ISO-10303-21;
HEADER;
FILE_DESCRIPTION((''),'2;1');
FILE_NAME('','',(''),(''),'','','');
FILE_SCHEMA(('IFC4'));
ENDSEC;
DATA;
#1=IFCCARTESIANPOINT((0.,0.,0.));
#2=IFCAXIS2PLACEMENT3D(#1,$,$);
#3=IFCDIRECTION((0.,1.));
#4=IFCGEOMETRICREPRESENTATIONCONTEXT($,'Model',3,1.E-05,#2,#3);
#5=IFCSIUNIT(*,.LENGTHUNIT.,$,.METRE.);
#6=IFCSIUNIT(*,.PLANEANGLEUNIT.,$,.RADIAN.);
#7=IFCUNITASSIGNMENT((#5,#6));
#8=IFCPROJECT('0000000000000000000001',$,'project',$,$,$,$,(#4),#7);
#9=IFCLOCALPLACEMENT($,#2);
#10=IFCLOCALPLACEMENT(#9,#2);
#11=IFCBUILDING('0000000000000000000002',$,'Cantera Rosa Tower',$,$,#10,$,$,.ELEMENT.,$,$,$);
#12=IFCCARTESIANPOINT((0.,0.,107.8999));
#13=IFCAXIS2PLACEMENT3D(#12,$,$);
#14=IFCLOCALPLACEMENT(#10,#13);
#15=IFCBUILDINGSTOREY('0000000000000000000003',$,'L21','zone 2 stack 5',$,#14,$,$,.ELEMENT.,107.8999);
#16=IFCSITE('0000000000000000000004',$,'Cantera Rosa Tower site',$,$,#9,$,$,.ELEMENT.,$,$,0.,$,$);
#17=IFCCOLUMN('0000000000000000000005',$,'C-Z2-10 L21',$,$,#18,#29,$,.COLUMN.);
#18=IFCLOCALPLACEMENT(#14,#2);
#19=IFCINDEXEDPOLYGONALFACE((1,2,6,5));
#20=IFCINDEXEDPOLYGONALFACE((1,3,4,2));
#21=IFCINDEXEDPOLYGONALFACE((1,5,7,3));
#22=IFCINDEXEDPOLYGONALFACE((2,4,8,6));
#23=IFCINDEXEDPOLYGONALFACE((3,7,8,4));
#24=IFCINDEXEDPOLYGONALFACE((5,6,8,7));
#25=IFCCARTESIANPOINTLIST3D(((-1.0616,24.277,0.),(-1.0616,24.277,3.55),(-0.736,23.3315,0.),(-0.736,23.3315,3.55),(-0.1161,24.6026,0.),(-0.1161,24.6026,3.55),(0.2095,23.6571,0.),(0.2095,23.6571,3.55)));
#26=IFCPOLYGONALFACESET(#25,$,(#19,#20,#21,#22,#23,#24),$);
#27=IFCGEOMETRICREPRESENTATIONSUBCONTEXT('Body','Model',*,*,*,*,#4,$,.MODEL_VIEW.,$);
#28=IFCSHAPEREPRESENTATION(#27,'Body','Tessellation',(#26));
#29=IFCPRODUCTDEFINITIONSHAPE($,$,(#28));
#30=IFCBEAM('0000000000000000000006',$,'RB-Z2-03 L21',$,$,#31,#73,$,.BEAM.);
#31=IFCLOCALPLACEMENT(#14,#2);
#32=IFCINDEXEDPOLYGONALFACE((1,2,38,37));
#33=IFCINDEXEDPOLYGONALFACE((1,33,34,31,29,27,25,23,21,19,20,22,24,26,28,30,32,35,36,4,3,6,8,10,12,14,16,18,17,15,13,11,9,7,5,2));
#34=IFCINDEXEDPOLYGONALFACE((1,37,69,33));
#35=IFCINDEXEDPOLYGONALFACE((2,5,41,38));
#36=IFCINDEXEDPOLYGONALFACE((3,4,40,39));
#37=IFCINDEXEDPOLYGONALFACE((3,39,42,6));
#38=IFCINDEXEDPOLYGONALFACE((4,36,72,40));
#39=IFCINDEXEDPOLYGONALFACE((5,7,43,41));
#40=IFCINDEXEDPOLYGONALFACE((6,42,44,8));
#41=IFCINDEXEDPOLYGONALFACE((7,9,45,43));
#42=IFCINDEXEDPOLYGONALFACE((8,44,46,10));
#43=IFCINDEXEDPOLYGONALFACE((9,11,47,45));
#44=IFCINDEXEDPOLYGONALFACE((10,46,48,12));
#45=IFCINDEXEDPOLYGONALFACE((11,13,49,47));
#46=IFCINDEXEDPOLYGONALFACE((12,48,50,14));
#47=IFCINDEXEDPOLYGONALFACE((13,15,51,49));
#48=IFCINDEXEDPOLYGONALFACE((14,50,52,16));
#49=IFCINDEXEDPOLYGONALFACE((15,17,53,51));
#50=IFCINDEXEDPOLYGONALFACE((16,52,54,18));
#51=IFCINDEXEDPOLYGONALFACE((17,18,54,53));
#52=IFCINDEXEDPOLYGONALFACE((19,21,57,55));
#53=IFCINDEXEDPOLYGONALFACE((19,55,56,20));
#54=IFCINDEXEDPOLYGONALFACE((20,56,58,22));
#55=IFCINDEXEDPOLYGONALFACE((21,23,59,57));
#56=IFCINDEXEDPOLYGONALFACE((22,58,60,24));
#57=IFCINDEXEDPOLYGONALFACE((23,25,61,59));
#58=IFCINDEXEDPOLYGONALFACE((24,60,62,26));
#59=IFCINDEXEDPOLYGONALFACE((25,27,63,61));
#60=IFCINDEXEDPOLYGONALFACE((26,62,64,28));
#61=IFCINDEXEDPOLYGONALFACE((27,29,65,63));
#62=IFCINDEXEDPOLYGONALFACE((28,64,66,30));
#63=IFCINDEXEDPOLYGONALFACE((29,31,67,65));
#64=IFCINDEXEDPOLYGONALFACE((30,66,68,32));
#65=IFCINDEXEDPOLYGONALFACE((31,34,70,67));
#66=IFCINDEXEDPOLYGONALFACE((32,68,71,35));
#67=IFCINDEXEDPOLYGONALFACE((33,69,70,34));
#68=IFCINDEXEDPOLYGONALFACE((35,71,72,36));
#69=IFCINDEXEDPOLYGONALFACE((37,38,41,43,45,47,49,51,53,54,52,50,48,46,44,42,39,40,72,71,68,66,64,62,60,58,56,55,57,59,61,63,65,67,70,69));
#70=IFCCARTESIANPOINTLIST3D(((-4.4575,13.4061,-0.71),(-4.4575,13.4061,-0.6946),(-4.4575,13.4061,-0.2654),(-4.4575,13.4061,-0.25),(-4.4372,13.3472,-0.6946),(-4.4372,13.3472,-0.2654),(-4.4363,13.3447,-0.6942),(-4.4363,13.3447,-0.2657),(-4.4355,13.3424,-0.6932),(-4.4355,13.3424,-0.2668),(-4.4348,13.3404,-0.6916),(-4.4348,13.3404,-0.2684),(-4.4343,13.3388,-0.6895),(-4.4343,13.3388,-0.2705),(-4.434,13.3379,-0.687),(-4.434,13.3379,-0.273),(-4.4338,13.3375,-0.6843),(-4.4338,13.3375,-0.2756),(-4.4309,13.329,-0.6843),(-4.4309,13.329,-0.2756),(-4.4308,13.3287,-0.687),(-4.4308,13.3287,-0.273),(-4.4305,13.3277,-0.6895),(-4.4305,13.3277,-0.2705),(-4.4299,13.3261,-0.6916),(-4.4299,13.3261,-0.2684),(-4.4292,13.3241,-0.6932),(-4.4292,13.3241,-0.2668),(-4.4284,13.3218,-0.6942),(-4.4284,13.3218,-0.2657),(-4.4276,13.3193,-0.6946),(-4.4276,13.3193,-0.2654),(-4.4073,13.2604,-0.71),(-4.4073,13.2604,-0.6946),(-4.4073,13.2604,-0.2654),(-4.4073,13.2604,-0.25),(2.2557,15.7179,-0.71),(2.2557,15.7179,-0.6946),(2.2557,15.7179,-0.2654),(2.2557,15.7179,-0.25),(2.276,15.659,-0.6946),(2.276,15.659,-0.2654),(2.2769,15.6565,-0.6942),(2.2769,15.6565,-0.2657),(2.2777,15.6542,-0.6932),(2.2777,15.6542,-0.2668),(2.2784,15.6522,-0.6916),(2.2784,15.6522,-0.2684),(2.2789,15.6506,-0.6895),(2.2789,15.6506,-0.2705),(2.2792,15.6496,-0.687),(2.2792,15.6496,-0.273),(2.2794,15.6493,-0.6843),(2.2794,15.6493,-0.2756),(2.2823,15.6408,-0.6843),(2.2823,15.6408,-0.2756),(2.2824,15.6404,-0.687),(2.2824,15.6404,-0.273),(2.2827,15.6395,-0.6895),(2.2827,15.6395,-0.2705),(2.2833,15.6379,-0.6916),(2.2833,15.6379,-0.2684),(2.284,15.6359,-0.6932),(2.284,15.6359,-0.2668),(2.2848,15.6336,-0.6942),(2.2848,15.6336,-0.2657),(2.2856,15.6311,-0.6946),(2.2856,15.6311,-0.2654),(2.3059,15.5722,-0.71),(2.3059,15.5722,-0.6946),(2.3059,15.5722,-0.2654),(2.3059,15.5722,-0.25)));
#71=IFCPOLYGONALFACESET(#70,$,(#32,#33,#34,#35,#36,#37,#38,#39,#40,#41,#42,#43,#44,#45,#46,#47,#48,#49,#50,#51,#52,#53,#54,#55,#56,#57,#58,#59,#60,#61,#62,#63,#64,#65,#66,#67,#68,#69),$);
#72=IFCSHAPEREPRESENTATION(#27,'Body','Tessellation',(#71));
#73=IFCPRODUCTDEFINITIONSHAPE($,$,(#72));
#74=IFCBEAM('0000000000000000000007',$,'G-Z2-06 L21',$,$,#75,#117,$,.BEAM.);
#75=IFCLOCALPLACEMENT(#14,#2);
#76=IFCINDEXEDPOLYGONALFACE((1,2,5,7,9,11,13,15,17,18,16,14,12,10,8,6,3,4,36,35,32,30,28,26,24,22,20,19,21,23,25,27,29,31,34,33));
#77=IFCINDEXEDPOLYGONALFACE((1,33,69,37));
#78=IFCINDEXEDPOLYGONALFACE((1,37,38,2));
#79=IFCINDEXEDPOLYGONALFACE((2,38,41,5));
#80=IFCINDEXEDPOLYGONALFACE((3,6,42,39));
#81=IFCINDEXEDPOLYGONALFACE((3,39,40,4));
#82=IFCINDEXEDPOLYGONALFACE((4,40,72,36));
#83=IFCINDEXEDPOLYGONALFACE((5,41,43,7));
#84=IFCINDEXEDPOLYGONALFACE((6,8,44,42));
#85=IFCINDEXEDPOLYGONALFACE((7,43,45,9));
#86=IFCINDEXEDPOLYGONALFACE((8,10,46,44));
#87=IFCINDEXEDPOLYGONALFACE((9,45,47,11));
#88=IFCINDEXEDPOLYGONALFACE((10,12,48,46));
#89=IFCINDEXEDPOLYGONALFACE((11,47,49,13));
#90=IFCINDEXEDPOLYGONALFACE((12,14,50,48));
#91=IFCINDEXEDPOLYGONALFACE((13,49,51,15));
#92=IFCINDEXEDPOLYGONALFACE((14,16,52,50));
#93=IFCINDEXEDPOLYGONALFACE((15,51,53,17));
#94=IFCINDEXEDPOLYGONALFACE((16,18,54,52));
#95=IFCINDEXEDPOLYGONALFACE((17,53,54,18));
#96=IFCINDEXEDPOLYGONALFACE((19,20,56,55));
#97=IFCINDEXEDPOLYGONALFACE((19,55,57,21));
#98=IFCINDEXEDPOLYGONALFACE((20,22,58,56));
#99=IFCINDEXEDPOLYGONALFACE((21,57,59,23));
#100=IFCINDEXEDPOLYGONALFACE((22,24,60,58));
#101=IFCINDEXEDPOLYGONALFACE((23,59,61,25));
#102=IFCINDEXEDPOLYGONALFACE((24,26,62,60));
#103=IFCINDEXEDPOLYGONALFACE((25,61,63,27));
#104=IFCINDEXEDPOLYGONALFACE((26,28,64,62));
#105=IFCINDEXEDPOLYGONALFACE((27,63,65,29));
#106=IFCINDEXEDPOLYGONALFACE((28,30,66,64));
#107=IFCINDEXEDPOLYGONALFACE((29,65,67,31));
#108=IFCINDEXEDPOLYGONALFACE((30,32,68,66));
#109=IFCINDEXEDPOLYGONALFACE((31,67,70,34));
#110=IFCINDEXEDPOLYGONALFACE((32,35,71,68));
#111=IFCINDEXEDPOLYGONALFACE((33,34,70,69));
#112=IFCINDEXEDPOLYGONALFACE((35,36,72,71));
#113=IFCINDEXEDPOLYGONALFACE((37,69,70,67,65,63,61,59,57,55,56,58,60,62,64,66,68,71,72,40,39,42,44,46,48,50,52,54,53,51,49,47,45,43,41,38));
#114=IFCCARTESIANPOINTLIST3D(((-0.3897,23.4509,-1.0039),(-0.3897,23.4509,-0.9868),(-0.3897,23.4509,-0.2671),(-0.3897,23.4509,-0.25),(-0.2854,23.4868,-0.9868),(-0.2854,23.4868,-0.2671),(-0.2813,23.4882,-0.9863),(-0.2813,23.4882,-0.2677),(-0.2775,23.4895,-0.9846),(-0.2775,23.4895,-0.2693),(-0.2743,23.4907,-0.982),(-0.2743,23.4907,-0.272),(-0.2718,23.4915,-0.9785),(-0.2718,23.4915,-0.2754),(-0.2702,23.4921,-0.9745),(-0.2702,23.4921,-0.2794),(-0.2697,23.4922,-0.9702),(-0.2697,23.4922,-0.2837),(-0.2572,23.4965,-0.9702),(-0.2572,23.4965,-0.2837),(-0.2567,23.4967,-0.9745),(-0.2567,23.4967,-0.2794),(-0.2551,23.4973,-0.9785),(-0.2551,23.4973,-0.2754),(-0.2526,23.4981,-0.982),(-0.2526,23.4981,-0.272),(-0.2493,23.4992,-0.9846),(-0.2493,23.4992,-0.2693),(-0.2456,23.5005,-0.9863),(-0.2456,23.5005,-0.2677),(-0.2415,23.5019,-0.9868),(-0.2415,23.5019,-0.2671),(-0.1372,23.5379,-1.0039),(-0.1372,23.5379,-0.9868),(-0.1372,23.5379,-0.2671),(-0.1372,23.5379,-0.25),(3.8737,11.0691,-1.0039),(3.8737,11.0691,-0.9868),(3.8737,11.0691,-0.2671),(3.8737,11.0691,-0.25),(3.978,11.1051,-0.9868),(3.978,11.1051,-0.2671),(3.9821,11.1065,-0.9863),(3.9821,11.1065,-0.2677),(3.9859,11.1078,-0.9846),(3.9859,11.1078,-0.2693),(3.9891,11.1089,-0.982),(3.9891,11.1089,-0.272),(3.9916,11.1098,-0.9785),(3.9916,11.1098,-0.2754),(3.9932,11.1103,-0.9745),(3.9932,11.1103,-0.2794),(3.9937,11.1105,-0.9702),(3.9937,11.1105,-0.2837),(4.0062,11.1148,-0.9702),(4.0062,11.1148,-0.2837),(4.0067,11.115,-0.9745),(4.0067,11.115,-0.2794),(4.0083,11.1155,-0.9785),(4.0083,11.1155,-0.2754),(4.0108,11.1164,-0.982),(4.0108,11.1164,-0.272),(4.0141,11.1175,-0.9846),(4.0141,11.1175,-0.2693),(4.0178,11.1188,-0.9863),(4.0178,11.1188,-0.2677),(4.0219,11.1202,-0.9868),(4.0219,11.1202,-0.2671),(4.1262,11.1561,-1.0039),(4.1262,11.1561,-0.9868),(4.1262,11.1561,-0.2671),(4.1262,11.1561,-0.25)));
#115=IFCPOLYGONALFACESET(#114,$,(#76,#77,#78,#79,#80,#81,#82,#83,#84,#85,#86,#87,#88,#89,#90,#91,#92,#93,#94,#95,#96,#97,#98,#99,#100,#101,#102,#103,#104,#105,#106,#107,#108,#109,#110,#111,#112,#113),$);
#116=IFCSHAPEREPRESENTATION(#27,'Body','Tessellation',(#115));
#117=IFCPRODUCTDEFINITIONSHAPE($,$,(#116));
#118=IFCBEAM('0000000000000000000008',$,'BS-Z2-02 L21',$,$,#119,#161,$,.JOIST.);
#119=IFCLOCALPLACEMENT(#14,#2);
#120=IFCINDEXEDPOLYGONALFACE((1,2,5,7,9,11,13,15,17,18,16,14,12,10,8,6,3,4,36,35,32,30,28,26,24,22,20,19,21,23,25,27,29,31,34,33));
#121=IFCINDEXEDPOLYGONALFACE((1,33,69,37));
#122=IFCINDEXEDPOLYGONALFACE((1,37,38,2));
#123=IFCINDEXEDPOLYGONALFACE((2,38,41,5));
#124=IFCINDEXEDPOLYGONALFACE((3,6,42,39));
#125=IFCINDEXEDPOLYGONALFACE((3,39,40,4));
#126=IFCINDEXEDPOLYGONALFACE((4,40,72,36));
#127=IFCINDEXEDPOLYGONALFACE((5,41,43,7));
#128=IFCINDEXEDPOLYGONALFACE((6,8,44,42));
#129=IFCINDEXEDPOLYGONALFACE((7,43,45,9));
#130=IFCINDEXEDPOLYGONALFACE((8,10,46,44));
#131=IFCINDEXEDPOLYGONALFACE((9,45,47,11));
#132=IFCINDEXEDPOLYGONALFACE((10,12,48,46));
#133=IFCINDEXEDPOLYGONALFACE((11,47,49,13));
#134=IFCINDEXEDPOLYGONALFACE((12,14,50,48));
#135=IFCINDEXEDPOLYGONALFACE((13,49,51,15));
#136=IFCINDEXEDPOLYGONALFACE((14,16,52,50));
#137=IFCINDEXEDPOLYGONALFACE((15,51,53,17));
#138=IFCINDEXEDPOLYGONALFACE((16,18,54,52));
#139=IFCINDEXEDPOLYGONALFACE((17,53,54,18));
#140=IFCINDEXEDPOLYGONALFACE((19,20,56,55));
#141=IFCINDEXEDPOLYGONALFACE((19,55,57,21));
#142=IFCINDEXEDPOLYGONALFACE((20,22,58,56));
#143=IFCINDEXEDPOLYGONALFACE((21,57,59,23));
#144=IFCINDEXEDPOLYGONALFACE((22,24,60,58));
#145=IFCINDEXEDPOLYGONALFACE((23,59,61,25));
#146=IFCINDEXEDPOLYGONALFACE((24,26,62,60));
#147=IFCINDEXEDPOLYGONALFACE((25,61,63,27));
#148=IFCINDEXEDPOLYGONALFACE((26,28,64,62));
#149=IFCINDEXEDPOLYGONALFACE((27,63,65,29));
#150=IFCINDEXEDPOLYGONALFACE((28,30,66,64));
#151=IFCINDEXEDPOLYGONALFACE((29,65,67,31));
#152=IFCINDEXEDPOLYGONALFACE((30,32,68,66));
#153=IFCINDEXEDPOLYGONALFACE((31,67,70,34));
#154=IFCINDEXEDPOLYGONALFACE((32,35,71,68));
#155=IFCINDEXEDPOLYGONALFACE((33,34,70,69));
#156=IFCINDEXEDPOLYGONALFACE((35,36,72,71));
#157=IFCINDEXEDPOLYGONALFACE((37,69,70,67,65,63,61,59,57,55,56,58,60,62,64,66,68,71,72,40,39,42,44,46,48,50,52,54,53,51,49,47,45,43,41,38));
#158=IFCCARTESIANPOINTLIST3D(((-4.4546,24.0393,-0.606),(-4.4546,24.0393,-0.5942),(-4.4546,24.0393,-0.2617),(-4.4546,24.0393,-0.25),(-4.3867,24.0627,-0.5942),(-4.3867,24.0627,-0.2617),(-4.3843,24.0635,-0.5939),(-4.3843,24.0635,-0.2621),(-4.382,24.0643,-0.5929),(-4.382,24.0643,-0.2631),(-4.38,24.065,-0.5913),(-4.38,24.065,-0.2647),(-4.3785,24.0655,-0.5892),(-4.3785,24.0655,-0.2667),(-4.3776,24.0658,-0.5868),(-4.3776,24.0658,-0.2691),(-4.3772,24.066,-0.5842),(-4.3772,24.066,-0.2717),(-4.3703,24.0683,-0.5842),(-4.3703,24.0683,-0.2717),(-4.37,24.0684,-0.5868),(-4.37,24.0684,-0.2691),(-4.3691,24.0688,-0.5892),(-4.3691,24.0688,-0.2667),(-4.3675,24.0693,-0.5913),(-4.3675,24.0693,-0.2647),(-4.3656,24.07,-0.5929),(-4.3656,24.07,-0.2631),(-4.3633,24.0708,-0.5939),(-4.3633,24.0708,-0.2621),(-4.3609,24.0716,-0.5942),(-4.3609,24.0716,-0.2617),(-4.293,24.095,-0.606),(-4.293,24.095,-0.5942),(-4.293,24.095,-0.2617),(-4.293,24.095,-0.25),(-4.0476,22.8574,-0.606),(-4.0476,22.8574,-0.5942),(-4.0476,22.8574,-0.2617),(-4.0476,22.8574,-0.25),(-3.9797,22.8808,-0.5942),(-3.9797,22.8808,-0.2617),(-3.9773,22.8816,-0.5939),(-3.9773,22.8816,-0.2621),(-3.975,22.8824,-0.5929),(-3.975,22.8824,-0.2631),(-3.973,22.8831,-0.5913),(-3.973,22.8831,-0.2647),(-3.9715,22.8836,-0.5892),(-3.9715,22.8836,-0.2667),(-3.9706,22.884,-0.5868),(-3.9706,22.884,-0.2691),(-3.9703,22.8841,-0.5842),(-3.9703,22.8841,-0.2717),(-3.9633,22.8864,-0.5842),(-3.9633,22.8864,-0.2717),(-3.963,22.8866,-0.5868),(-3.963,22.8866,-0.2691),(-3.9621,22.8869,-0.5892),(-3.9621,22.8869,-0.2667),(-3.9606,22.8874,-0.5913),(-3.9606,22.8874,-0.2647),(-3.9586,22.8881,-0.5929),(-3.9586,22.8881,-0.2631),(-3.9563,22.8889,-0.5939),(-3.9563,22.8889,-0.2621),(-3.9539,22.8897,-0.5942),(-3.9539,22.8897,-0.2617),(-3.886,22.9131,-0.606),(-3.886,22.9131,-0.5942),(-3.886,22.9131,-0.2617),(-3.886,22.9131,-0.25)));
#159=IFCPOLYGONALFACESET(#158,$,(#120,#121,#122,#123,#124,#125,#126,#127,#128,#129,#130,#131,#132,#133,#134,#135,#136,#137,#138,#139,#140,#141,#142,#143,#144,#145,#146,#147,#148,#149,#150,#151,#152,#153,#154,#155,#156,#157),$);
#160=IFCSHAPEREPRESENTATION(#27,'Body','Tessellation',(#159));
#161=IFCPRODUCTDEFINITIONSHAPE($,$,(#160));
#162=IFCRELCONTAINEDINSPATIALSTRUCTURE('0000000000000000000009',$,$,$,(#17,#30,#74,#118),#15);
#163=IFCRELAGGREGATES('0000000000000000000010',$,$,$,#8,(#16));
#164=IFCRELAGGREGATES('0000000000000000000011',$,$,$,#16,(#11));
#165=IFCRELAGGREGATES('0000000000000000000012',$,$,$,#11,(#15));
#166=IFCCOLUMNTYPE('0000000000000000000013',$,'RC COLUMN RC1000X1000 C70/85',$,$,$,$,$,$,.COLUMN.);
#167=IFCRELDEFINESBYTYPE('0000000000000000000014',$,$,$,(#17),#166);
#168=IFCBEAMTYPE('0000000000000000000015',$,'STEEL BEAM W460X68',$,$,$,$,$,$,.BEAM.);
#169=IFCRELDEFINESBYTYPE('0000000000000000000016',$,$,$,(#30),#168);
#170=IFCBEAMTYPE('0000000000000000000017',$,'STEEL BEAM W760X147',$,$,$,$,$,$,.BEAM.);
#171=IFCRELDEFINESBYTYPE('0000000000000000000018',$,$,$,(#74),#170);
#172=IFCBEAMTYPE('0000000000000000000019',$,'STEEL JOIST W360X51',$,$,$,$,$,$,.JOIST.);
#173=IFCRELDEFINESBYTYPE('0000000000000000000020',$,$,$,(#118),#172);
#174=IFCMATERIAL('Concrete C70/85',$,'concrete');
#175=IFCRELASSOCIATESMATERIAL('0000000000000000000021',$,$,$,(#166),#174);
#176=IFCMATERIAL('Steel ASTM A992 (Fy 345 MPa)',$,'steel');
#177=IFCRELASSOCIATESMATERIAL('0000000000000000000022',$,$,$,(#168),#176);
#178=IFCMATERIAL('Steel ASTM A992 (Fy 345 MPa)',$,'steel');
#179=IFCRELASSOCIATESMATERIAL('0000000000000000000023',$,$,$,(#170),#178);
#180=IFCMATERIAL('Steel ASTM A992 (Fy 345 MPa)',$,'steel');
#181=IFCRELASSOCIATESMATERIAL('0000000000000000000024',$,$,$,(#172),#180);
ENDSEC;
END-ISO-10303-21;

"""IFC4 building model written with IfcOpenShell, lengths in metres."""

from ifc_helpers import new_model, si_unit, direction, frame, origin, origin_2d, place, context, subcontext, project, spatial, rectangle, i_section, extrude, material, material_profile, profile_set, type_object, element, save


model = new_model("IFC4")

# Units and contexts
model_context = context("Model", 3, precision=1e-05, world=origin(), true_north=direction((0.0, 1.0)))
body_context = subcontext(model_context, "Body", "Model", "MODEL_VIEW")
ifc_project = project(units=[si_unit("LENGTHUNIT", "METRE"), si_unit("PLANEANGLEUNIT", "RADIAN")], contexts=[model_context])

# Site, building, storey
site_placement = place(None, origin())
site = spatial("IfcSite", under=ifc_project, at=site_placement, Name="Cantera Rosa Tower site", CompositionType="ELEMENT", RefElevation=0.0)
building_placement = place(site_placement, origin())
building = spatial("IfcBuilding", under=site, at=building_placement, Name="Cantera Rosa Tower", CompositionType="ELEMENT")
storey_placement = place(building_placement, frame((0.0, 0.0, 107.8999)))
storey = spatial("IfcBuildingStorey", under=building, at=storey_placement, Name="L21", Description="zone 2 stack 5", CompositionType="ELEMENT", Elevation=107.8999)

# Column
ifc_material_1 = material(Name="Concrete C70/85", Category="concrete")
ifc_material_profile_1 = material_profile(ifc_material_1, rectangle(XDim=1.0, YDim=1.0, at=origin_2d()), Name="RC COLUMN RC1000X1000 C70/85")
ifc_profile_set_1 = profile_set([ifc_material_profile_1], Name="Concrete C70/85")
column_type = type_object("IfcColumnType", Name="RC COLUMN RC1000X1000 C70/85", PredefinedType="COLUMN", material=ifc_profile_set_1)
column_placement = place(storey_placement, frame((-0.426, 23.967, 0.0), z_axis=(0.0, 0.0, 1.0), x_axis=(0.945519, 0.325568, 0.0)))
element("IfcColumn", 1, at=column_placement, inside=storey, type_object=column_type, Name="C-Z2-10 L21", PredefinedType="COLUMN", context=body_context, shape_type="SweptSolid", body=[
    extrude(rectangle(XDim=1.0, YDim=1.0, at=origin_2d()), origin(), (0.0, 0.0, 1.0), 3.55),
])

# Beams
ifc_material_2 = material(Name="Steel ASTM A992 (Fy 345 MPa)", Category="steel")
ifc_material_profile_2 = material_profile(ifc_material_2, i_section(OverallWidth=0.1541, OverallDepth=0.46, WebThickness=0.009, FlangeThickness=0.0154, FilletRadius=0.0103, at=origin_2d()), Name="W460X68")
ifc_profile_set_2 = profile_set([ifc_material_profile_2], Name="Steel ASTM A992 (Fy 345 MPa)")
beam_type_1 = type_object("IfcBeamType", Name="STEEL BEAM W460X68", PredefinedType="BEAM", material=ifc_profile_set_2)
beam_1_placement = place(storey_placement, frame((-4.4324, 13.3333, -0.48), z_axis=(0.945508, 0.3256, 0.0), x_axis=(-0.3256, 0.945508, 0.0)))
element("IfcBeam", 2, at=beam_1_placement, inside=storey, type_object=beam_type_1, Name="RB-Z2-03 L21", PredefinedType="BEAM", context=body_context, shape_type="SweptSolid", body=[
    extrude(i_section(OverallWidth=0.1541, OverallDepth=0.46, WebThickness=0.009, FlangeThickness=0.0154, FilletRadius=0.0103, at=origin_2d()), origin(), (0.0, 0.0, 1.0), 7.1001),
])
ifc_material_3 = material(Name="Steel ASTM A992 (Fy 345 MPa)", Category="steel")
ifc_material_profile_3 = material_profile(ifc_material_3, i_section(OverallWidth=0.2671, OverallDepth=0.7539, WebThickness=0.0132, FlangeThickness=0.0171, FilletRadius=0.0166, at=origin_2d()), Name="W760X147")
ifc_profile_set_3 = profile_set([ifc_material_profile_3], Name="Steel ASTM A992 (Fy 345 MPa)")
beam_type_2 = type_object("IfcBeamType", Name="STEEL BEAM W760X147", PredefinedType="BEAM", material=ifc_profile_set_3)
beam_2_placement = place(storey_placement, frame((-0.2634, 23.4944, -0.627), z_axis=(0.32557, -0.945518, 0.0), x_axis=(0.945518, 0.32557, 0.0)))
element("IfcBeam", 3, at=beam_2_placement, inside=storey, type_object=beam_type_2, Name="G-Z2-06 L21", PredefinedType="BEAM", context=body_context, shape_type="SweptSolid", body=[
    extrude(i_section(OverallWidth=0.2671, OverallDepth=0.7539, WebThickness=0.0132, FlangeThickness=0.0171, FilletRadius=0.0166, at=origin_2d()), origin(), (0.0, 0.0, 1.0), 13.0952),
])
ifc_material_4 = material(Name="Steel ASTM A992 (Fy 345 MPa)", Category="steel")
ifc_material_profile_4 = material_profile(ifc_material_4, i_section(OverallWidth=0.1709, OverallDepth=0.356, WebThickness=0.0073, FlangeThickness=0.0117, FilletRadius=0.01, at=origin_2d()), Name="W360X51")
ifc_profile_set_4 = profile_set([ifc_material_profile_4], Name="Steel ASTM A992 (Fy 345 MPa)")
beam_type_3 = type_object("IfcBeamType", Name="STEEL JOIST W360X51", PredefinedType="JOIST", material=ifc_profile_set_4)
beam_3_placement = place(storey_placement, frame((-3.9668, 22.8853, -0.428), z_axis=(-0.325587, 0.945512, 0.0), x_axis=(-0.945512, -0.325587, 0.0)))
element("IfcBeam", 4, at=beam_3_placement, inside=storey, type_object=beam_type_3, Name="BS-Z2-02 L21", PredefinedType="JOIST", context=body_context, shape_type="SweptSolid", body=[
    extrude(i_section(OverallWidth=0.1709, OverallDepth=0.356, WebThickness=0.0073, FlangeThickness=0.0117, FilletRadius=0.01, at=origin_2d()), origin(), (0.0, 0.0, 1.0), 1.25),
])

save(model, "model.ifc")
